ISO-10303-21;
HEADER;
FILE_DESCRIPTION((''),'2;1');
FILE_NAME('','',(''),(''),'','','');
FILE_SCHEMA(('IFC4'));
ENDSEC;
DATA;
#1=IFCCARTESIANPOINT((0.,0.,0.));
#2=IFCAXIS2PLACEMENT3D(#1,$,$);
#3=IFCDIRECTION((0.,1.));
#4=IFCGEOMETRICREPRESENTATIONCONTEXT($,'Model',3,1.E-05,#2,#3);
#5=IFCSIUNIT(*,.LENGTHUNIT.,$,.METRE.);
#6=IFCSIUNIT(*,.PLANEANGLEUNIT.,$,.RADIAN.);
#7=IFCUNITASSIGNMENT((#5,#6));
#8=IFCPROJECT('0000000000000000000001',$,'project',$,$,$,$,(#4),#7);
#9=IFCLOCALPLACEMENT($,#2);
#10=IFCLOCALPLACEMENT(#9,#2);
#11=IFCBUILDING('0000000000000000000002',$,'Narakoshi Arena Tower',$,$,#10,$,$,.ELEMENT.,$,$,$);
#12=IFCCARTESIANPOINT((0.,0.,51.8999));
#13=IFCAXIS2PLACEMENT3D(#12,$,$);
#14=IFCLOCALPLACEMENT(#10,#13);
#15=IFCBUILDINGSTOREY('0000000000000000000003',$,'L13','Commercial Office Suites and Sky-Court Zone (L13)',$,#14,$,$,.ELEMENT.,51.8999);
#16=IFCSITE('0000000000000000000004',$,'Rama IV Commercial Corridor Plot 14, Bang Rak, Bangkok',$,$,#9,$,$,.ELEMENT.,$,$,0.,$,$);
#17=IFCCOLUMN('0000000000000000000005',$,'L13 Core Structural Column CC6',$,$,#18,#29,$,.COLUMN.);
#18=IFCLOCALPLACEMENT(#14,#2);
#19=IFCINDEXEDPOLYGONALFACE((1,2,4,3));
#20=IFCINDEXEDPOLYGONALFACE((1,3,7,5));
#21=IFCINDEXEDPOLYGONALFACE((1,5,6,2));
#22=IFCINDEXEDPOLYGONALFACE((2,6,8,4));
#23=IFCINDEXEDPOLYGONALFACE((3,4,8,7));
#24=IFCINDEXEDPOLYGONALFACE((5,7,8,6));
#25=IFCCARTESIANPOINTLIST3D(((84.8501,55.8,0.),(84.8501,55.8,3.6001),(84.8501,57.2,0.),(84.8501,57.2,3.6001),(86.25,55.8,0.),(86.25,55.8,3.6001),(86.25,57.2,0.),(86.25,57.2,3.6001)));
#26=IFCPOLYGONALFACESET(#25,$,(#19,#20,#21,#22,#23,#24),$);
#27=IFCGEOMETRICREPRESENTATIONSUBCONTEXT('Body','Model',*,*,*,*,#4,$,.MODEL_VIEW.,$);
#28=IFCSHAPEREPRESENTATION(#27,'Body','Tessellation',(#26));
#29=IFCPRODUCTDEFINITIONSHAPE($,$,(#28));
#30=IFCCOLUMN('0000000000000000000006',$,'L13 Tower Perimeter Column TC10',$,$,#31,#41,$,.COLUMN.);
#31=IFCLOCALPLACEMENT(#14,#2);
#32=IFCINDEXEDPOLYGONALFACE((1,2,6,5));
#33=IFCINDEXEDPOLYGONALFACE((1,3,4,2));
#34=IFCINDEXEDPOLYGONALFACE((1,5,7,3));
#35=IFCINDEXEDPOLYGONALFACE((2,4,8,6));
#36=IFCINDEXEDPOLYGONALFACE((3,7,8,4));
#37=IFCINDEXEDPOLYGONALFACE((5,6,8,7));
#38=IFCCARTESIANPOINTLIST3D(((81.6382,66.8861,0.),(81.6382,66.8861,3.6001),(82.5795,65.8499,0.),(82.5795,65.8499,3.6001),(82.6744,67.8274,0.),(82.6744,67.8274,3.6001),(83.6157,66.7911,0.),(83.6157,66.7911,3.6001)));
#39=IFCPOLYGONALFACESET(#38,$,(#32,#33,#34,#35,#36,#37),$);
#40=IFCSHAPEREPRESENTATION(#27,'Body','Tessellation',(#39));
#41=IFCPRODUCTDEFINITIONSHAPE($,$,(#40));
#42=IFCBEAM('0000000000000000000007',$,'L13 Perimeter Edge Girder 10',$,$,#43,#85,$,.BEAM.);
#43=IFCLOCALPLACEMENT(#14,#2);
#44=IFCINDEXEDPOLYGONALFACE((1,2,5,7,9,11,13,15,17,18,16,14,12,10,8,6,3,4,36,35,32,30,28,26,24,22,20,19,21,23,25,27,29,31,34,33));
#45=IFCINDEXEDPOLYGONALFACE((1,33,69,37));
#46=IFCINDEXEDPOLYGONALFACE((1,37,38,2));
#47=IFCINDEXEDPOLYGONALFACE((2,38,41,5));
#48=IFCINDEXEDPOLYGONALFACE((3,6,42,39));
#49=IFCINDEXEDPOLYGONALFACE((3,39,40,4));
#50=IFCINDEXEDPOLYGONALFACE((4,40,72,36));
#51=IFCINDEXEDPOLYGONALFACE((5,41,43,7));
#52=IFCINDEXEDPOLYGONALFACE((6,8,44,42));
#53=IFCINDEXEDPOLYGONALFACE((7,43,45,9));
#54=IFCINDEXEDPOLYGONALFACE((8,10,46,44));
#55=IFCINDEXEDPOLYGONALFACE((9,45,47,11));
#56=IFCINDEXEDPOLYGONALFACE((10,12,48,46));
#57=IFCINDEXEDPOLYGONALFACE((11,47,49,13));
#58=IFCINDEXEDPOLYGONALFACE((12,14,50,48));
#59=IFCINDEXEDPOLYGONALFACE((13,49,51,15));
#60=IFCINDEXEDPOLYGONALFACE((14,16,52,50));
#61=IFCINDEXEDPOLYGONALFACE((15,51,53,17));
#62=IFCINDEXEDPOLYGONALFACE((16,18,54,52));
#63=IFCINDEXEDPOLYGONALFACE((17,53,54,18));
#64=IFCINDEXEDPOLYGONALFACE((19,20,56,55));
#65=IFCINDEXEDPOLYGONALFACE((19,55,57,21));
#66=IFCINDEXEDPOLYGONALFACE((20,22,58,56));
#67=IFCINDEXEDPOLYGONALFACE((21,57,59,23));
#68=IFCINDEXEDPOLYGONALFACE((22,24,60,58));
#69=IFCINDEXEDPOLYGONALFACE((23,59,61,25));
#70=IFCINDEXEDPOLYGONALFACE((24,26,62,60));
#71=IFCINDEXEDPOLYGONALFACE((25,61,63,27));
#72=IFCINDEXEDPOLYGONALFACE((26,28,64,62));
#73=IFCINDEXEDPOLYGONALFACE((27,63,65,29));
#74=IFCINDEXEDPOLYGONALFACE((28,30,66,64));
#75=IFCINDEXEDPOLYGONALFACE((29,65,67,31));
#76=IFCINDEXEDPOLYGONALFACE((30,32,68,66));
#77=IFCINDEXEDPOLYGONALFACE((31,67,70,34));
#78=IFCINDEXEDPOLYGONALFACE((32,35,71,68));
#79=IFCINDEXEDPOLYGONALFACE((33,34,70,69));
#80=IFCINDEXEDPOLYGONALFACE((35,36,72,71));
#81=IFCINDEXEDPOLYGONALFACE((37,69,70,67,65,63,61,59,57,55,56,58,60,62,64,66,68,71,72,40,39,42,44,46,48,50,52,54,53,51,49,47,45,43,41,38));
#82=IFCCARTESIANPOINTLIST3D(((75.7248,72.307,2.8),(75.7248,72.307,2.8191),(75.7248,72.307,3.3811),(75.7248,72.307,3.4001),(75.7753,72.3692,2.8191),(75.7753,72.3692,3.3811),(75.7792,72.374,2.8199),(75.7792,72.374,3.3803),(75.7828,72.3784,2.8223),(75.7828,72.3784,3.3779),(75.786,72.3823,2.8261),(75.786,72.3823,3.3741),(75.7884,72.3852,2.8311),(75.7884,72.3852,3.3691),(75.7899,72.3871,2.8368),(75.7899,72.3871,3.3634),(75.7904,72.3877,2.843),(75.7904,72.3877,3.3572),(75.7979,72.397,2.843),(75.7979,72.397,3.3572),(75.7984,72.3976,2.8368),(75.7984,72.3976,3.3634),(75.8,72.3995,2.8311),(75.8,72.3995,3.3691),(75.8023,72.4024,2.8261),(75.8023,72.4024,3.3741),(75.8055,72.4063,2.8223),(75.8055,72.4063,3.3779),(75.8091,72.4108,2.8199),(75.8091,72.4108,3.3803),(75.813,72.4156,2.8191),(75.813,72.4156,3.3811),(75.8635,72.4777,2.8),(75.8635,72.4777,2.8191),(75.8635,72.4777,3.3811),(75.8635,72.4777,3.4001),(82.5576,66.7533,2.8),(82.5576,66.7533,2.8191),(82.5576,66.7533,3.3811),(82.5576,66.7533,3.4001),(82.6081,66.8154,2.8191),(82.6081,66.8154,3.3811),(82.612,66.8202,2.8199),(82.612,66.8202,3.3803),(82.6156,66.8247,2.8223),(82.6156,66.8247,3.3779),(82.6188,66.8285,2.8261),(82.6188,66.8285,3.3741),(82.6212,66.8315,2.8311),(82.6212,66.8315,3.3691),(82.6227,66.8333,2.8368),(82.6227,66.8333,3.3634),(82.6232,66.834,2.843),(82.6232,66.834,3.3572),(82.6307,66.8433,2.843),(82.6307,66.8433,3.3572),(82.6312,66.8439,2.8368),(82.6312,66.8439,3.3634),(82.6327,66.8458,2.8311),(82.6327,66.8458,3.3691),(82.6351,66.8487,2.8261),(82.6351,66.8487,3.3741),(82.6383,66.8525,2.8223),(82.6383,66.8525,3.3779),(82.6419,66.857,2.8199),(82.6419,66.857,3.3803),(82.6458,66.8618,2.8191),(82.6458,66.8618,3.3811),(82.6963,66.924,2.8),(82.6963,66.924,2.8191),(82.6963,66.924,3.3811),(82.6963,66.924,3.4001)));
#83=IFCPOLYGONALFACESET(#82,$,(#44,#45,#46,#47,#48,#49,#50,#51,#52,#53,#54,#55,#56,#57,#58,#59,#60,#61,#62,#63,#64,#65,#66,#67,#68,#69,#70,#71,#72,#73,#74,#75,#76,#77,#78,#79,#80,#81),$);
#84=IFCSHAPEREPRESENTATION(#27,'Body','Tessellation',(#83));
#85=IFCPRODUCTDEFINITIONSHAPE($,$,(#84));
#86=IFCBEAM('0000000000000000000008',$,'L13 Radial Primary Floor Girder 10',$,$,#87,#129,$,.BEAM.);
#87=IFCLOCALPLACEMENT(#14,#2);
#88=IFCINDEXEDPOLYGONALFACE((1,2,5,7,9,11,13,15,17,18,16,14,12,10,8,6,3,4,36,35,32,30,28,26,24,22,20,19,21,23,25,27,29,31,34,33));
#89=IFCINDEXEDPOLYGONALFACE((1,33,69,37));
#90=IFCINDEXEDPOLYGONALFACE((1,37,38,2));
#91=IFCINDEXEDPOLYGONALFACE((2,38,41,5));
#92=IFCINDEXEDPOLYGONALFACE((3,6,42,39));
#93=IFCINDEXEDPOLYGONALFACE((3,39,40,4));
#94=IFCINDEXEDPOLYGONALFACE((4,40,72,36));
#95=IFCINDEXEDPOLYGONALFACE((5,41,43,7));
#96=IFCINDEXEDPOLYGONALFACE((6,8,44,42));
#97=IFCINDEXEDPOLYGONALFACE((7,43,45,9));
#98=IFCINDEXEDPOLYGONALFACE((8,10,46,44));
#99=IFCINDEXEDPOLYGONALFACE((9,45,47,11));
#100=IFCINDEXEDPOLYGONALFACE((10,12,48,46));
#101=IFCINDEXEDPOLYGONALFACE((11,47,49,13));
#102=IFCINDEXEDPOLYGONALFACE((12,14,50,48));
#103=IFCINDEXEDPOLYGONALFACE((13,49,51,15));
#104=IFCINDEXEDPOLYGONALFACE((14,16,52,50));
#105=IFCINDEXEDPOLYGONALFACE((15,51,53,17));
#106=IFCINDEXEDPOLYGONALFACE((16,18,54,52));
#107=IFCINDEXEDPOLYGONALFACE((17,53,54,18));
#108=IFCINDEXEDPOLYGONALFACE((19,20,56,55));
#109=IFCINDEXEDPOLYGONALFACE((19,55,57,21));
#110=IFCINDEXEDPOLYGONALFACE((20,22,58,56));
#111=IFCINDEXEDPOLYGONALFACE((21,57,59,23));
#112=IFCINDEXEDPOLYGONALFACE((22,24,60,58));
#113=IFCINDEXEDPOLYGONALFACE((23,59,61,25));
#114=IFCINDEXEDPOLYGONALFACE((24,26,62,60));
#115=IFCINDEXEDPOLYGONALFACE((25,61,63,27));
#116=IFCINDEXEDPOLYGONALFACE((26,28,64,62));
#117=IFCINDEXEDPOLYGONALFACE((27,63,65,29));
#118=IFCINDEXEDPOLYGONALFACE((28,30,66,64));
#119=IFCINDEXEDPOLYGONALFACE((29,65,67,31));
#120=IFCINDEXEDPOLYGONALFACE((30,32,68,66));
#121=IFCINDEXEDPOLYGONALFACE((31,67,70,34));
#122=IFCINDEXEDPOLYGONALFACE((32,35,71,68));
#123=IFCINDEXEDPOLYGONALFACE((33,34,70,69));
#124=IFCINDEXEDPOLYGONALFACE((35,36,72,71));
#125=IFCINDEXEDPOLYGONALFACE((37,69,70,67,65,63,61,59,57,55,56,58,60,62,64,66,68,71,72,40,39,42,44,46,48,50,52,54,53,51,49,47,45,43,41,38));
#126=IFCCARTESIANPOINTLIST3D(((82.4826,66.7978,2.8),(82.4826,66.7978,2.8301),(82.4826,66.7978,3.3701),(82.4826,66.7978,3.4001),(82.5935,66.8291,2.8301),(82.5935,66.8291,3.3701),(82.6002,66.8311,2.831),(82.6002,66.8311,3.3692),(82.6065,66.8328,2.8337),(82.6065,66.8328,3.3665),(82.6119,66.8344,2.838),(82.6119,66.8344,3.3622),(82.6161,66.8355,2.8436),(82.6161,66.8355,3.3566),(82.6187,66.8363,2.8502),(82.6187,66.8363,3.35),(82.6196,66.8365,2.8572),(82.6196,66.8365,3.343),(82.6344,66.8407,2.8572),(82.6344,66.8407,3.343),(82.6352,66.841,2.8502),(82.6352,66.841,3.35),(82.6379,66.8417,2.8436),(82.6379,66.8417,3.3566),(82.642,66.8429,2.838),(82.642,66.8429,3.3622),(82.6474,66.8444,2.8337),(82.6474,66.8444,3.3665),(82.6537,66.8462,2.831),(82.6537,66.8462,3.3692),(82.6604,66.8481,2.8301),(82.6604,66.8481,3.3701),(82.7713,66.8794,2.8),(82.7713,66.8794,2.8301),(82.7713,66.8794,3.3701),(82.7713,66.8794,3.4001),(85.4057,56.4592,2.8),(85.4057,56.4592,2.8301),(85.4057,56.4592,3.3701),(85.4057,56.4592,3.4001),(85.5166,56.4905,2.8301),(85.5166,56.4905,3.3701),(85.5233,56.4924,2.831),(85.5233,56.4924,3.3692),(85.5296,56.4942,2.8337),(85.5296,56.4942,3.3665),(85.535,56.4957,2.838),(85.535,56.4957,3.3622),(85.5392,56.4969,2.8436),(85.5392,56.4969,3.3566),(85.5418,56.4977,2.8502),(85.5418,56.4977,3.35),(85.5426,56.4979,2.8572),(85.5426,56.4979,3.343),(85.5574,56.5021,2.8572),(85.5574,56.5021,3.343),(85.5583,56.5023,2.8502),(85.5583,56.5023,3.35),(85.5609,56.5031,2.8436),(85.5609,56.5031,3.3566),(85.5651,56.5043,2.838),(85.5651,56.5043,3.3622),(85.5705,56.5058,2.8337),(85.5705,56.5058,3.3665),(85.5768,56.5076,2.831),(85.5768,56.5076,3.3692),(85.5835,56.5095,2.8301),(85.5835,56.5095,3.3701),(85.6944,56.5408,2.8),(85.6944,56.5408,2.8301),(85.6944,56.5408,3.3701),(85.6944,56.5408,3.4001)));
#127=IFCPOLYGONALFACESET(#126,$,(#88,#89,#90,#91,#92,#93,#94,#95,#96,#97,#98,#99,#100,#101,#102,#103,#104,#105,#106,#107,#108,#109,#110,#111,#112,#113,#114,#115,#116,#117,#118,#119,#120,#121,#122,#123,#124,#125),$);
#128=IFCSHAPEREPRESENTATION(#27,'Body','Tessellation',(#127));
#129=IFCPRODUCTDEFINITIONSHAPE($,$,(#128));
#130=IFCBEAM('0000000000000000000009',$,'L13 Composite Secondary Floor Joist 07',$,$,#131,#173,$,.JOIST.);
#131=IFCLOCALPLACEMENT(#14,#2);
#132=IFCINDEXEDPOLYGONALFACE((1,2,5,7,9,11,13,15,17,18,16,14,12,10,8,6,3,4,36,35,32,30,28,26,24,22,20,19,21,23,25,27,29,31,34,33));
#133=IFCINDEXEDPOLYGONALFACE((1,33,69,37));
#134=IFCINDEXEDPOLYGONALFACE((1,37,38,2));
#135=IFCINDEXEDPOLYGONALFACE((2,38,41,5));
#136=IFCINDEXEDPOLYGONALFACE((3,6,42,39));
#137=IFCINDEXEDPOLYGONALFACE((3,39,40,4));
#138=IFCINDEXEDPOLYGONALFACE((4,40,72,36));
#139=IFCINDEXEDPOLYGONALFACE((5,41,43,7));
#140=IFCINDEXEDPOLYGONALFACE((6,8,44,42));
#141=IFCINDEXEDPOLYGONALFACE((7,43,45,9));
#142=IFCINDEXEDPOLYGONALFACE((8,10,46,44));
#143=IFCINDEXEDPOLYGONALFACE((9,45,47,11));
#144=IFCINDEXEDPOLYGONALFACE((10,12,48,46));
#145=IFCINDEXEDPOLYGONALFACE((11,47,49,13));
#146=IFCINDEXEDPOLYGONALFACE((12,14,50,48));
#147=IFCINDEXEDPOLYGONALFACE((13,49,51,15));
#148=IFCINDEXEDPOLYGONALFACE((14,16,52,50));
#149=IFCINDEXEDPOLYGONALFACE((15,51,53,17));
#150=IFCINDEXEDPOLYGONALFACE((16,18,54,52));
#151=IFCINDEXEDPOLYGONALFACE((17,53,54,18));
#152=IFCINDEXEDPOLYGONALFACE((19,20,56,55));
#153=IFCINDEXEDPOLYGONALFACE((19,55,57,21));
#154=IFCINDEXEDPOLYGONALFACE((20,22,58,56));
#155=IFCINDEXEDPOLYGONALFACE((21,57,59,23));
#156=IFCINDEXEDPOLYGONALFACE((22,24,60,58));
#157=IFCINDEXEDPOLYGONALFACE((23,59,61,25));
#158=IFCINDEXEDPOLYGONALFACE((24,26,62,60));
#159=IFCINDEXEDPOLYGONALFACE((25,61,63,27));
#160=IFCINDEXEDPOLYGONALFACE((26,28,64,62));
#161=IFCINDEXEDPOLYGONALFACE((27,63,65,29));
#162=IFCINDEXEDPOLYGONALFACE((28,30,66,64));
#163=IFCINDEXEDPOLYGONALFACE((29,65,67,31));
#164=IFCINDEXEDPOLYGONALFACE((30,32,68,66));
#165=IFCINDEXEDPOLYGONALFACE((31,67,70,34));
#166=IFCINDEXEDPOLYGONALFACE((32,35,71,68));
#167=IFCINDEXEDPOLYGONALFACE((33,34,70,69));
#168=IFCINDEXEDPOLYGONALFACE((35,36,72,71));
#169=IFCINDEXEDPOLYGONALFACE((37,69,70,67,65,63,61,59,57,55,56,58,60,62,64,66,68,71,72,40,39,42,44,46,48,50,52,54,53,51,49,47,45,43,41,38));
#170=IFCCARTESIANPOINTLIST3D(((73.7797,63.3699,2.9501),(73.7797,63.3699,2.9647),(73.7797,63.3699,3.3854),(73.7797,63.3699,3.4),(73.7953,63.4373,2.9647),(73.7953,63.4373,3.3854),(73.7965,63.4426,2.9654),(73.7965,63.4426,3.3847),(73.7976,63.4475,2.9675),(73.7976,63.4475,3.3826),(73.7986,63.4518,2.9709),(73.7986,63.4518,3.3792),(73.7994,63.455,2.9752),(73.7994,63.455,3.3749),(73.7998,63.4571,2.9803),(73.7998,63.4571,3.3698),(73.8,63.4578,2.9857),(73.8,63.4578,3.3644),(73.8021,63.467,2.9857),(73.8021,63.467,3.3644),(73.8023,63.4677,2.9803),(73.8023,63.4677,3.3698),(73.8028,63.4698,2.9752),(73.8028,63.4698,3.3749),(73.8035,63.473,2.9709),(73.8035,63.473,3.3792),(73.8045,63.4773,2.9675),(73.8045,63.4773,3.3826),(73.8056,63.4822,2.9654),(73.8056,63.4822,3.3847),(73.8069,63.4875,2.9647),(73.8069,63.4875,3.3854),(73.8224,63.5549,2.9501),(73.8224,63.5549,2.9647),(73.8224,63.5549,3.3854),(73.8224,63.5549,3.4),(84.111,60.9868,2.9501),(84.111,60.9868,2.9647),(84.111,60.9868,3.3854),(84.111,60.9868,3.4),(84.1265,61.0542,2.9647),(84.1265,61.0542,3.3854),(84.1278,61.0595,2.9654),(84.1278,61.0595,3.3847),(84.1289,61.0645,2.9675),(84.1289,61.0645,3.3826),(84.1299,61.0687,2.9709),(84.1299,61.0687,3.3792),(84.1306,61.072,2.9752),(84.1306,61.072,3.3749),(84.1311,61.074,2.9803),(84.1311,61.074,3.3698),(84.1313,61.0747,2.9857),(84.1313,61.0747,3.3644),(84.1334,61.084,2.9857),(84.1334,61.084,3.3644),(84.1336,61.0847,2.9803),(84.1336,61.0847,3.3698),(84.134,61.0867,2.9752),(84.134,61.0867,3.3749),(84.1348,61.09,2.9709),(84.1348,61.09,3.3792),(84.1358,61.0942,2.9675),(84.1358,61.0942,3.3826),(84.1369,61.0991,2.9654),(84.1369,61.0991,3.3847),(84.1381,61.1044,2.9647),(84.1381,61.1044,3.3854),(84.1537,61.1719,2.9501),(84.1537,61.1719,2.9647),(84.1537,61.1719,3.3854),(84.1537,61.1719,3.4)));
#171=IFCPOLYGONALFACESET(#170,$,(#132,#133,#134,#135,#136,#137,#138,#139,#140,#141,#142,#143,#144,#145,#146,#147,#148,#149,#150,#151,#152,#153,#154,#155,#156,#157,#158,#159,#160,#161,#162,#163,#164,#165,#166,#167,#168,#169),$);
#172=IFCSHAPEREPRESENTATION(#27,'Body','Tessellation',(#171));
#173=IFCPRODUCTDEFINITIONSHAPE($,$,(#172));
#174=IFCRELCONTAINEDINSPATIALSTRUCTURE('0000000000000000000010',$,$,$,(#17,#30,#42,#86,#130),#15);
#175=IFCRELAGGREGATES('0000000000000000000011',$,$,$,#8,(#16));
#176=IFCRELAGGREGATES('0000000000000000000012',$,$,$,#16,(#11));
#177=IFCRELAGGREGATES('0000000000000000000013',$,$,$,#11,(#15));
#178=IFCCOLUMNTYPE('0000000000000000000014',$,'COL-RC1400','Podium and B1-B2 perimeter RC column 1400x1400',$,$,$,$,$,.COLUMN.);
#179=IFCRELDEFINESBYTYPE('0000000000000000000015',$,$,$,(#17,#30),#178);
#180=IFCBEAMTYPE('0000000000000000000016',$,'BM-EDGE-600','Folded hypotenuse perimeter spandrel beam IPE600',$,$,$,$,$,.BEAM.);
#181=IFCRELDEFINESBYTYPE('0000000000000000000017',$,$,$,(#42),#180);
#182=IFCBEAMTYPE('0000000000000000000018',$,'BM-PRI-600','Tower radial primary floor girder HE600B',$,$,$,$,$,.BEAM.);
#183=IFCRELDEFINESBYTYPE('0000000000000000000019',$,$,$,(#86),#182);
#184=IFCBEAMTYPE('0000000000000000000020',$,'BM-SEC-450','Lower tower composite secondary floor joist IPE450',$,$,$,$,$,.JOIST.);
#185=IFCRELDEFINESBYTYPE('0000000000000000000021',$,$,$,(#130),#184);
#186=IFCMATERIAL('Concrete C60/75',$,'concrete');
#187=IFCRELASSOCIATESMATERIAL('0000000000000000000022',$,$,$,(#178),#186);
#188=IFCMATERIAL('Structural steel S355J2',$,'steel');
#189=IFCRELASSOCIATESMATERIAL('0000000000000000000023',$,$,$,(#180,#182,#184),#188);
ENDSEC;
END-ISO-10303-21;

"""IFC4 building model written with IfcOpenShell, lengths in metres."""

from ifc_helpers import new_model, si_unit, direction, frame, origin, origin_2d, place, context, subcontext, project, spatial, rectangle, i_section, extrude, material, material_profile, profile_set, type_object, element, save


model = new_model("IFC4")

# Units and contexts
model_context = context("Model", 3, precision=1e-05, world=origin(), true_north=direction((0.0, 1.0)))
body_context = subcontext(model_context, "Body", "Model", "MODEL_VIEW")
ifc_project = project(units=[si_unit("LENGTHUNIT", "METRE"), si_unit("PLANEANGLEUNIT", "RADIAN")], contexts=[model_context])

# Site, building, storey
site_placement = place(None, origin())
site = spatial("IfcSite", under=ifc_project, at=site_placement, Name="Rama IV Commercial Corridor Plot 14, Bang Rak, Bangkok", CompositionType="ELEMENT", RefElevation=0.0)
building_placement = place(site_placement, origin())
building = spatial("IfcBuilding", under=site, at=building_placement, Name="Narakoshi Arena Tower", CompositionType="ELEMENT")
storey_placement = place(building_placement, frame((0.0, 0.0, 51.8999)))
storey = spatial("IfcBuildingStorey", under=building, at=storey_placement, Name="L13", Description="Commercial Office Suites and Sky-Court Zone (L13)", CompositionType="ELEMENT", Elevation=51.8999)

# Columns
ifc_material_1 = material(Name="Concrete C60/75", Category="concrete")
ifc_material_profile_1 = material_profile(ifc_material_1, rectangle(XDim=1.3999, YDim=1.3999, at=origin_2d()), Name="RC1400x1400")
ifc_profile_set_1 = profile_set([ifc_material_profile_1], Name="Concrete C60/75")
column_type = type_object("IfcColumnType", Name="COL-RC1400", Description="Podium and B1-B2 perimeter RC column 1400x1400", PredefinedType="COLUMN", material=ifc_profile_set_1)
for number, where, z_axis, x_axis, name in (
    (1, (85.55, 56.5, 0.0), (0.0, 0.0, 1.0), (1.0, 0.0, 0.0), "L13 Core Structural Column CC6"),
    (2, (82.627, 66.8386, 0.0), (0.0, 0.0, 1.0), (0.740218, 0.672367, 0.0), "L13 Tower Perimeter Column TC10"),
):
    element("IfcColumn", number, at=place(storey_placement, frame(where, z_axis=z_axis, x_axis=x_axis)), inside=storey, type_object=column_type, Name=name, PredefinedType="COLUMN", context=body_context, shape_type="SweptSolid", body=[
        extrude(rectangle(XDim=1.3999, YDim=1.3999, at=origin_2d()), origin(), (0.0, 0.0, 1.0), 3.6001),
    ])

# Beams
ifc_material_2 = material(Name="Structural steel S355J2", Category="steel")
ifc_material_profile_2 = material_profile(ifc_material_2, i_section(OverallWidth=0.22, OverallDepth=0.6001, WebThickness=0.012, FlangeThickness=0.019, FilletRadius=0.0239, at=origin_2d()), Name="IPE600")
ifc_profile_set_2 = profile_set([ifc_material_profile_2], Name="Structural steel S355J2")
beam_type_1 = type_object("IfcBeamType", Name="BM-EDGE-600", Description="Folded hypotenuse perimeter spandrel beam IPE600", PredefinedType="BEAM", material=ifc_profile_set_2)
beam_1_placement = place(storey_placement, frame((82.627, 66.8386, 3.1001), z_axis=(-0.775998, 0.630736, 0.0), x_axis=(-0.630736, -0.775998, 0.0)))
element("IfcBeam", 3, at=beam_1_placement, inside=storey, type_object=beam_type_1, Name="L13 Perimeter Edge Girder 10", PredefinedType="BEAM", context=body_context, shape_type="SweptSolid", body=[
    extrude(i_section(OverallWidth=0.22, OverallDepth=0.6001, WebThickness=0.012, FlangeThickness=0.019, FilletRadius=0.0239, at=origin_2d()), origin(), (0.0, 0.0, 1.0), 8.8052),
])
ifc_material_profile_3 = material_profile(ifc_material_2, i_section(OverallWidth=0.3, OverallDepth=0.6001, WebThickness=0.0154, FlangeThickness=0.03, FilletRadius=0.0271, at=origin_2d()), Name="HE600B")
ifc_profile_set_3 = profile_set([ifc_material_profile_3], Name="Structural steel S355J2")
beam_type_2 = type_object("IfcBeamType", Name="BM-PRI-600", Description="Tower radial primary floor girder HE600B", PredefinedType="BEAM", material=ifc_profile_set_3)
beam_2_placement = place(storey_placement, frame((85.55, 56.5, 3.1001), z_axis=(-0.27207, 0.962277, 0.0), x_axis=(-0.962277, -0.27207, 0.0)))
element("IfcBeam", 4, at=beam_2_placement, inside=storey, type_object=beam_type_2, Name="L13 Radial Primary Floor Girder 10", PredefinedType="BEAM", context=body_context, shape_type="SweptSolid", body=[
    extrude(i_section(OverallWidth=0.3, OverallDepth=0.6001, WebThickness=0.0154, FlangeThickness=0.03, FilletRadius=0.0271, at=origin_2d()), origin(), (0.0, 0.0, 1.0), 10.7439),
])
ifc_material_profile_4 = material_profile(ifc_material_2, i_section(OverallWidth=0.1899, OverallDepth=0.45, WebThickness=0.0095, FlangeThickness=0.0146, FilletRadius=0.021, at=origin_2d()), Name="IPE450")
ifc_profile_set_4 = profile_set([ifc_material_profile_4], Name="Structural steel S355J2")
beam_type_3 = type_object("IfcBeamType", Name="BM-SEC-450", Description="Lower tower composite secondary floor joist IPE450", PredefinedType="JOIST", material=ifc_profile_set_4)
beam_3_placement = place(storey_placement, frame((84.1323, 61.0793, 3.175), z_axis=(-0.974414, 0.224762, 0.0), x_axis=(-0.224762, -0.974414, 0.0)))
element("IfcBeam", 5, at=beam_3_placement, inside=storey, type_object=beam_type_3, Name="L13 Composite Secondary Floor Joist 07", PredefinedType="JOIST", context=body_context, shape_type="SweptSolid", body=[
    extrude(i_section(OverallWidth=0.1899, OverallDepth=0.45, WebThickness=0.0095, FlangeThickness=0.0146, FilletRadius=0.021, at=origin_2d()), origin(), (0.0, 0.0, 1.0), 10.6025),
])

save(model, "model.ifc")
